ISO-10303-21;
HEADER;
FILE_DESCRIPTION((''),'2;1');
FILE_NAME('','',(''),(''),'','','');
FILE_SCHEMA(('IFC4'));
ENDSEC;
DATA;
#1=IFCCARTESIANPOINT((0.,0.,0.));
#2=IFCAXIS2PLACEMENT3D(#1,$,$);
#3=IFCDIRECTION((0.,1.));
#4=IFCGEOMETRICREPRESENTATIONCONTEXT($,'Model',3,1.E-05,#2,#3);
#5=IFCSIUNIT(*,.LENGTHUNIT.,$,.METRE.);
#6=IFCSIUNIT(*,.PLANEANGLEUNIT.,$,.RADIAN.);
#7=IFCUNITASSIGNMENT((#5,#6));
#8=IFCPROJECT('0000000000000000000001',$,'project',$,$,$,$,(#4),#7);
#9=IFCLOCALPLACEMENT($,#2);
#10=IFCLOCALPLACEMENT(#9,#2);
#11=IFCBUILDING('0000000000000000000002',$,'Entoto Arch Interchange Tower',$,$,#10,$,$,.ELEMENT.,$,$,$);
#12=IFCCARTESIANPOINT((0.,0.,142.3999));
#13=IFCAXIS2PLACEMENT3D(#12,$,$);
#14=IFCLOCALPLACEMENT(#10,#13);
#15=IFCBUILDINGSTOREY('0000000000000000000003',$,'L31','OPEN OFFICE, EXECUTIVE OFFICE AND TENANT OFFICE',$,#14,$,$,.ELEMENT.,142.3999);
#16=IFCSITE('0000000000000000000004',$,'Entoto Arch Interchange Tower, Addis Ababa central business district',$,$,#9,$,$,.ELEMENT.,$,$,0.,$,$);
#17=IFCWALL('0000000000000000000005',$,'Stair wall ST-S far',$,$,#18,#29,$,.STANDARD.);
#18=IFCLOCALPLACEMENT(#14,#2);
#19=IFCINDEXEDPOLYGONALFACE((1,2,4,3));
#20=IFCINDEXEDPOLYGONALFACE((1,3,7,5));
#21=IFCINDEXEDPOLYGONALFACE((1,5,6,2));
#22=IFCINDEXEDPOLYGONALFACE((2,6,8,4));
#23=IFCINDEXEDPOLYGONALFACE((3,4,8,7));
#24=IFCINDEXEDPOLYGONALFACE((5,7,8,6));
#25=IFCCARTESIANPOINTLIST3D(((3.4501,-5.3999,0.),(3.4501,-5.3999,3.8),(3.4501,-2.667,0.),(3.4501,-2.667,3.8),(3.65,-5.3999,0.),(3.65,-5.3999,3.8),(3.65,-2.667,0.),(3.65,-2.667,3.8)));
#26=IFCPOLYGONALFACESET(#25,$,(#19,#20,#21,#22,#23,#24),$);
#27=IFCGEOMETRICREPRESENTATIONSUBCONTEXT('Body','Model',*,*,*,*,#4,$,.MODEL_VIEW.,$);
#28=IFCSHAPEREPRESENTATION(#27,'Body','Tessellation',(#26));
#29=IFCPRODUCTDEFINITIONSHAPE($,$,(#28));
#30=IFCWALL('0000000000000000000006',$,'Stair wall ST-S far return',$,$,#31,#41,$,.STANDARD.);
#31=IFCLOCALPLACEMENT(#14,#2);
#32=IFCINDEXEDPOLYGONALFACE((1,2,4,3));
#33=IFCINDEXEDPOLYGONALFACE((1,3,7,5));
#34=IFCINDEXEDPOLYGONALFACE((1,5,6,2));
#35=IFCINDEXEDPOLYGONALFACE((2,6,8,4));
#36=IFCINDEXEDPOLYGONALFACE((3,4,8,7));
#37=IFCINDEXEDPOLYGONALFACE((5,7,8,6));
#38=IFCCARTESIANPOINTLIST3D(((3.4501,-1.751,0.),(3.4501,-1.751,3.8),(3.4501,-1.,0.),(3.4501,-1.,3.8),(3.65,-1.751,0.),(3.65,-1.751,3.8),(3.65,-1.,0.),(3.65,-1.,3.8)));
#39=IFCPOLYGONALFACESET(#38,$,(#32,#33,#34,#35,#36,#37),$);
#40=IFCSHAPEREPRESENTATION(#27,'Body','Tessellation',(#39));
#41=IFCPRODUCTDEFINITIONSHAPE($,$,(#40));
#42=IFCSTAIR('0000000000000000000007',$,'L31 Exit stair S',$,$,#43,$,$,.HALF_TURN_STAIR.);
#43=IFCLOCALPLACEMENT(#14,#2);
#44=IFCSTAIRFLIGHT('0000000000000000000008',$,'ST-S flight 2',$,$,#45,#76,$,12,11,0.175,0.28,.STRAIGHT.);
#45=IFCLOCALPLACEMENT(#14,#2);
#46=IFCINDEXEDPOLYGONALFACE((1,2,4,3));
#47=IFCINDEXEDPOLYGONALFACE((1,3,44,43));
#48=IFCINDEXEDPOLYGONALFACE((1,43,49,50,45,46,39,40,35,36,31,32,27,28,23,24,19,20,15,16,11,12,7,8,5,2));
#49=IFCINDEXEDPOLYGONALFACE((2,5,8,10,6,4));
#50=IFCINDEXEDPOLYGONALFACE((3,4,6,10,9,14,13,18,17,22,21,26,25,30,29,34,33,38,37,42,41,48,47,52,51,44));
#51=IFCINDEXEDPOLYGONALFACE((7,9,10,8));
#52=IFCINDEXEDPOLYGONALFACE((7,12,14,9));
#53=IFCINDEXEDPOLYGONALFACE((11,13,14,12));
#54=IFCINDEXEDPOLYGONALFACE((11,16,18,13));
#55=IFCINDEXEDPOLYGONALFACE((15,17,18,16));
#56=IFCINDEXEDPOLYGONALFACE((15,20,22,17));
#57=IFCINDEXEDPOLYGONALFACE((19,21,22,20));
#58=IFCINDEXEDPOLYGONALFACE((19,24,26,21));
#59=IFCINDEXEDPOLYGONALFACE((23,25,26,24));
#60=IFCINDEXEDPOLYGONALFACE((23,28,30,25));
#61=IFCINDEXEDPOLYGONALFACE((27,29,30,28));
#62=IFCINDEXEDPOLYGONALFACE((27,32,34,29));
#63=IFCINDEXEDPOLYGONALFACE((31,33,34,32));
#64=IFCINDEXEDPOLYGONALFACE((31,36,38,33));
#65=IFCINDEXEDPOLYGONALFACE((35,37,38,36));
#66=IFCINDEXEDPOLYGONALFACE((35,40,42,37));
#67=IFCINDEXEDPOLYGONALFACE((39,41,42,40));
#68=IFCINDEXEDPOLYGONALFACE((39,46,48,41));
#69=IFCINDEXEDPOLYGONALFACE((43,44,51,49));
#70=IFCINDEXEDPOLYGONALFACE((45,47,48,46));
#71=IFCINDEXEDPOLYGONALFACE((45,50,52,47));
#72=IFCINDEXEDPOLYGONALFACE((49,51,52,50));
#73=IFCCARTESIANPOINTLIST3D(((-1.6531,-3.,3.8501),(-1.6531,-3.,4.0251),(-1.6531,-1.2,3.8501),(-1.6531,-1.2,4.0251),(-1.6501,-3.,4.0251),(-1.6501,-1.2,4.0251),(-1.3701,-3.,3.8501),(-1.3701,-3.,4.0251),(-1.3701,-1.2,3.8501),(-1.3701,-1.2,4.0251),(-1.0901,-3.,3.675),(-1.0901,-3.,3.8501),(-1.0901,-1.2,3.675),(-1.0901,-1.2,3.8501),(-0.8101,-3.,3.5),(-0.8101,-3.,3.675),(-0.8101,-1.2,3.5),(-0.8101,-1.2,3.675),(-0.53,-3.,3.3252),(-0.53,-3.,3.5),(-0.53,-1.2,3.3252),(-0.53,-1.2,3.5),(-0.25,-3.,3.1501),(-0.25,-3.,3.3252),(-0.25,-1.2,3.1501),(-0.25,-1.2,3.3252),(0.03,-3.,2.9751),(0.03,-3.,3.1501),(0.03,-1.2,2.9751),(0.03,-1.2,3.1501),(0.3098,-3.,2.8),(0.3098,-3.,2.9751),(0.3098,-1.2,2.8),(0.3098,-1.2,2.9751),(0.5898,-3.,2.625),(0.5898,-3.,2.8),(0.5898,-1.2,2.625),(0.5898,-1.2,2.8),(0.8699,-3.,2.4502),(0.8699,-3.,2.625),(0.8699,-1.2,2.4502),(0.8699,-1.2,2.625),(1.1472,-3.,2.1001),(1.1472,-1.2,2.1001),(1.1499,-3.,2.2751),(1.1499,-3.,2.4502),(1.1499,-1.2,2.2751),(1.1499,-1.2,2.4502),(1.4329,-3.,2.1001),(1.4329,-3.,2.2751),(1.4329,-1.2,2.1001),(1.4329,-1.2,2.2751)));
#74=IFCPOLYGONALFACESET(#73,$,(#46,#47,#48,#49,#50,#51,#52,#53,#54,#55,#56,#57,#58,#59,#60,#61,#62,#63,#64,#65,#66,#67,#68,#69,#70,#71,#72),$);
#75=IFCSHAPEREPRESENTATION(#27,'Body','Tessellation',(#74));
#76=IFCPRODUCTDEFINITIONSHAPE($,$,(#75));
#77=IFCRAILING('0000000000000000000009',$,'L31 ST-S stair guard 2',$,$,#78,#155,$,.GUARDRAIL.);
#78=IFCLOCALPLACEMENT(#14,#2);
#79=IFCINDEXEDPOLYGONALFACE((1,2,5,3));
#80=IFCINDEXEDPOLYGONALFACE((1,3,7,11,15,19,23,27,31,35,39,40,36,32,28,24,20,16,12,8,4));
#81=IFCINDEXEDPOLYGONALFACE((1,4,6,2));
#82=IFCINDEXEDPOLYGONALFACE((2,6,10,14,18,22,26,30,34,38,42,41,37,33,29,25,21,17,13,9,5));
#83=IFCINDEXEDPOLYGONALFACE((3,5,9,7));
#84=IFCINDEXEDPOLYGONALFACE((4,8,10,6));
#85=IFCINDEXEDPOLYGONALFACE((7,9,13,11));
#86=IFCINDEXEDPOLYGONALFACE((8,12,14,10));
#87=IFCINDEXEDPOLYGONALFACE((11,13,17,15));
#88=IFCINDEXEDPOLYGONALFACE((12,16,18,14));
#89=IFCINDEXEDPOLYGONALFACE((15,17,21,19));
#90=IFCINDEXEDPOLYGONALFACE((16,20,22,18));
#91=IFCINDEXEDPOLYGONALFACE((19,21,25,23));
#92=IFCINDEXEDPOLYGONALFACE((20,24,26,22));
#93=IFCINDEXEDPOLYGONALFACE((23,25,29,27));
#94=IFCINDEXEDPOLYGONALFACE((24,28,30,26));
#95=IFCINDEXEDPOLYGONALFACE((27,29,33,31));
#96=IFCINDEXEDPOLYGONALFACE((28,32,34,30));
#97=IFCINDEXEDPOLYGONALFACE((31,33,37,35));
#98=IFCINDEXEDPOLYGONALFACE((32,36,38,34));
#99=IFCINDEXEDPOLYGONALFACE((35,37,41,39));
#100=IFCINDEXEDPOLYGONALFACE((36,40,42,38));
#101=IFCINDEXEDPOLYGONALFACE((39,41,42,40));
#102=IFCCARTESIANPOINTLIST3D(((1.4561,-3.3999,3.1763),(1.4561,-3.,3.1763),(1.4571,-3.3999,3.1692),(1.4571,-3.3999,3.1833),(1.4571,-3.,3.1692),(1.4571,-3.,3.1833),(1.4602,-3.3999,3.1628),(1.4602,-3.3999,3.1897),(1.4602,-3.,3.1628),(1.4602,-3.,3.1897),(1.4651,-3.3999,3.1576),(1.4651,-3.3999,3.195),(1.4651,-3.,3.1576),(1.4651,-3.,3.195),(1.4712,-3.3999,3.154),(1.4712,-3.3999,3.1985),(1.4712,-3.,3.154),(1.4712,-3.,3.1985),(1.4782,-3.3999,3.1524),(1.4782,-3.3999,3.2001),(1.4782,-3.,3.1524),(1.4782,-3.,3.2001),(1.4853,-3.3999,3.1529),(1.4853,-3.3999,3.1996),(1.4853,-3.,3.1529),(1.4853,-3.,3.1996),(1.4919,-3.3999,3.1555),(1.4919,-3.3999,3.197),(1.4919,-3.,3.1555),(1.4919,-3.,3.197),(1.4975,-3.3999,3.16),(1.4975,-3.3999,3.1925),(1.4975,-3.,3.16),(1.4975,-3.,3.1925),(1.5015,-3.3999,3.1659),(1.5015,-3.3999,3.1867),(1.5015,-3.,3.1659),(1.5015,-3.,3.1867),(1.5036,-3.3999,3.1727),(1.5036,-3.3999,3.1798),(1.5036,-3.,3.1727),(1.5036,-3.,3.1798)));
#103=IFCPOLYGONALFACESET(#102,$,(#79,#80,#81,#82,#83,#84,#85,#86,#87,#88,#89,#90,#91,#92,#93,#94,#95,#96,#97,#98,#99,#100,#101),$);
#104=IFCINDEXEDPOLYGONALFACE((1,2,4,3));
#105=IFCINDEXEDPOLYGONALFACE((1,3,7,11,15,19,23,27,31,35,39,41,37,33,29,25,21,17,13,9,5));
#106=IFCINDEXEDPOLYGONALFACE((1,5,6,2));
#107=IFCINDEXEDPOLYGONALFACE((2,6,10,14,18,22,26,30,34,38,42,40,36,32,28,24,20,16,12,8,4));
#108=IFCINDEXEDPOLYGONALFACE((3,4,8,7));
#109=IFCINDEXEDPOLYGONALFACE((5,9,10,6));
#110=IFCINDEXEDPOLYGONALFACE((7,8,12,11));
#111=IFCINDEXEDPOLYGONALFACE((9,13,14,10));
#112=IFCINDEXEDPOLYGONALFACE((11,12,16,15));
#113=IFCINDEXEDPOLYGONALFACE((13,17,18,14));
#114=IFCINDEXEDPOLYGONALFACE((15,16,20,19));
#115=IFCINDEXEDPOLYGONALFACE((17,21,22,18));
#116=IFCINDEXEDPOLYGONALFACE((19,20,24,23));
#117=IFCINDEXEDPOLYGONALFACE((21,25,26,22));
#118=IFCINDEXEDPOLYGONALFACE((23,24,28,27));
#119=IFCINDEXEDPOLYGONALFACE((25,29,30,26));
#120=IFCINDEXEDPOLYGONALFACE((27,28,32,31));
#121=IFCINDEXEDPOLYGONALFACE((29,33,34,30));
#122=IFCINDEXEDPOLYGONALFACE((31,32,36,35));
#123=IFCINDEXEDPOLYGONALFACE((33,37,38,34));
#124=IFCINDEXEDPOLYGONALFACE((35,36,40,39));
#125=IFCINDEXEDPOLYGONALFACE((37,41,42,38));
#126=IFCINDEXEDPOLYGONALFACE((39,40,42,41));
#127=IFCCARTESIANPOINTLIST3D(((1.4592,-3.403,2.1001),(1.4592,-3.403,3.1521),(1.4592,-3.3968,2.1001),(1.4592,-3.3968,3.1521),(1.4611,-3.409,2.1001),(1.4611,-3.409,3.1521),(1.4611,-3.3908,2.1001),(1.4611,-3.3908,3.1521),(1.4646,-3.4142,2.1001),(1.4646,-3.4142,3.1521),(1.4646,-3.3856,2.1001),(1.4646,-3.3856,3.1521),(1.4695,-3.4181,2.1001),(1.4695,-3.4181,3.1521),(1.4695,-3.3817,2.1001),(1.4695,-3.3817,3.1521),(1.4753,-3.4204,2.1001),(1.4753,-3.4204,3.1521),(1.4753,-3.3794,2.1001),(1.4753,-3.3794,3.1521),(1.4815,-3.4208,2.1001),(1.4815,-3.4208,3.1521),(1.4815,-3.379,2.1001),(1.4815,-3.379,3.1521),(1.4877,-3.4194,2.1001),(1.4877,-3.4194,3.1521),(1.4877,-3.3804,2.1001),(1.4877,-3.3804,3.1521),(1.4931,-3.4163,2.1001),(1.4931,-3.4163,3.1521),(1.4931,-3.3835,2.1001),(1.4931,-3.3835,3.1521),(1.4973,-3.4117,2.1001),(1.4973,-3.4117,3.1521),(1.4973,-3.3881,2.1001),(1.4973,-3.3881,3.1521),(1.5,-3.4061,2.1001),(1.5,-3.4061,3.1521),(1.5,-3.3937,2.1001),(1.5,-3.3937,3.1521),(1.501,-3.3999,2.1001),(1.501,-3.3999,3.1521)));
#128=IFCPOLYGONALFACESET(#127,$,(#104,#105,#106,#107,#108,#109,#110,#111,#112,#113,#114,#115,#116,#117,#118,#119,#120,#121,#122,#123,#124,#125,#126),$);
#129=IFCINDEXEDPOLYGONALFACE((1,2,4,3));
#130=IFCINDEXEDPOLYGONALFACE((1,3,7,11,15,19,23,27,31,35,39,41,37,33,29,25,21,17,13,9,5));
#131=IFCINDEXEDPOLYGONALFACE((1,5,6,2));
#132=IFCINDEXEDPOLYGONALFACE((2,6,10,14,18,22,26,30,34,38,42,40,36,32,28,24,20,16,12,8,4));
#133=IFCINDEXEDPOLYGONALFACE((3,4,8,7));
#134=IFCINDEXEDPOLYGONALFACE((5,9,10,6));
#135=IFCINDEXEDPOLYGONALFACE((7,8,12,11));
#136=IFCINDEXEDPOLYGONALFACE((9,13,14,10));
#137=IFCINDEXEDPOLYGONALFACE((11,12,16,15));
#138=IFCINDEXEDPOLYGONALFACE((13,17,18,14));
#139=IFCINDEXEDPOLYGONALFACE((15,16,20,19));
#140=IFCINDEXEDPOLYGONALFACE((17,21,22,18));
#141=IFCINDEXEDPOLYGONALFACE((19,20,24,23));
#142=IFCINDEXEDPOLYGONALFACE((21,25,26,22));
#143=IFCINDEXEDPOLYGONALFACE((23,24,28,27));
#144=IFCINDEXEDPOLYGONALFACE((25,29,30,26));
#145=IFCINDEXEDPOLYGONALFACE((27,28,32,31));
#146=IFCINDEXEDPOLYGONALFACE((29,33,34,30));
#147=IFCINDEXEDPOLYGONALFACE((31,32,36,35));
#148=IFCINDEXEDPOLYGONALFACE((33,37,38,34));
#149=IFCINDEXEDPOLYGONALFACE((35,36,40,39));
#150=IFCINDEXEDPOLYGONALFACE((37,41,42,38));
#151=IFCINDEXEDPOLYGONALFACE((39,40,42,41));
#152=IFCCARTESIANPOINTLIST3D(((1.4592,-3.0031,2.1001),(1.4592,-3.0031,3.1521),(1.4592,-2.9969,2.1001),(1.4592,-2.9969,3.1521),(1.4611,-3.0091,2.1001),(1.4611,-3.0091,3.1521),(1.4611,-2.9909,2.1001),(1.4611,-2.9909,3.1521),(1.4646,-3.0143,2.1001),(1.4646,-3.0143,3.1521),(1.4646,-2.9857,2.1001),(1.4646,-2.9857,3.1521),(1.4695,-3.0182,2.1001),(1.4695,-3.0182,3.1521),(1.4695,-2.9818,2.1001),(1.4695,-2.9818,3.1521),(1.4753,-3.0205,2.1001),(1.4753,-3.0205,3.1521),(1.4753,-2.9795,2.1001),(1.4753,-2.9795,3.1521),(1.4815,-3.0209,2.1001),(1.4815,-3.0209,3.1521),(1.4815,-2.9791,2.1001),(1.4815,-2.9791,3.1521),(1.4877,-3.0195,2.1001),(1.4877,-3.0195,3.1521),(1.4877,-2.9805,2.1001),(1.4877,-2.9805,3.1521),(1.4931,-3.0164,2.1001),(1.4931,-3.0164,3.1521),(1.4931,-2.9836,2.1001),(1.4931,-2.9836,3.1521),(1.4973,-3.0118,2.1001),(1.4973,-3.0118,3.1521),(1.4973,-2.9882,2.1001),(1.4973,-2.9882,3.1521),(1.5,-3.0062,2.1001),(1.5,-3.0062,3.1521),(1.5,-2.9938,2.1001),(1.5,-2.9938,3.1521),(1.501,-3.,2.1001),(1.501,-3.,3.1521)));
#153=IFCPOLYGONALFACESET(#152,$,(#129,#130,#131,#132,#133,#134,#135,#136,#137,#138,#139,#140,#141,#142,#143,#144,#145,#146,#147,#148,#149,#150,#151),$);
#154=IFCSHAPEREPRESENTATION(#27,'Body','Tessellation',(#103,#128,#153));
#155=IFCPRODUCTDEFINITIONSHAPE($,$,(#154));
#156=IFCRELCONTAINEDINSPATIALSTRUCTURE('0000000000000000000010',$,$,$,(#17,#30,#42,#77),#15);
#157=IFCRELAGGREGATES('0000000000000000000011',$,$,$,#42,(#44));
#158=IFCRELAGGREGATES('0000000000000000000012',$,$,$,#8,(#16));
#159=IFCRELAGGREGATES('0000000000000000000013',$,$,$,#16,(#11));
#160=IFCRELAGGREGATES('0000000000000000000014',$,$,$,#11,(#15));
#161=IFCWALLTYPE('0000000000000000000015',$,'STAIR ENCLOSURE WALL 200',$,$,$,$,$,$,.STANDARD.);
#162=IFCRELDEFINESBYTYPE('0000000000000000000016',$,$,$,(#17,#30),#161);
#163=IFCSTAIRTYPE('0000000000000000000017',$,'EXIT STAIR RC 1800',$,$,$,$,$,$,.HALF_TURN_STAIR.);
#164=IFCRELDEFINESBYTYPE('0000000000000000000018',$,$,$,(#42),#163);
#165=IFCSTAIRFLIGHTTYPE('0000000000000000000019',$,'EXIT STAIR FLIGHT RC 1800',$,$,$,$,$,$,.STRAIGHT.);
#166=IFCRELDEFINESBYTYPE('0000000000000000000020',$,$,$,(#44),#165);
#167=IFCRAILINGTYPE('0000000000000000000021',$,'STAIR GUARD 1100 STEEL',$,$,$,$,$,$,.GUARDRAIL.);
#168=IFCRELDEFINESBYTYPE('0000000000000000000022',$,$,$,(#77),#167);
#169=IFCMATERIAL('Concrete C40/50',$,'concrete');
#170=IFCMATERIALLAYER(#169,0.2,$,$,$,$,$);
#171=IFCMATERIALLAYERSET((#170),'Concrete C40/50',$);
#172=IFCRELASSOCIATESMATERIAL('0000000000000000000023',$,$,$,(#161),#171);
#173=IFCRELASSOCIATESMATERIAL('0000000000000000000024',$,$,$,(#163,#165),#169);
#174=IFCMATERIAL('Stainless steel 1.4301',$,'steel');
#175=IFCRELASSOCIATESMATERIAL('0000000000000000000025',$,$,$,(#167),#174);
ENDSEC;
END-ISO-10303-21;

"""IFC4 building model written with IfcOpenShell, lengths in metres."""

from ifc_helpers import new_model, si_unit, direction, frame, frame_2d, origin, origin_2d, place, context, subcontext, project, spatial, polyline, rectangle, circle, outline, extrude, material, layer, layer_set, type_object, element, aggregate, save


model = new_model("IFC4")

# Units and contexts
model_context = context("Model", 3, precision=1e-05, world=origin(), true_north=direction((0.0, 1.0)))
body_context = subcontext(model_context, "Body", "Model", "MODEL_VIEW")
ifc_project = project(units=[si_unit("LENGTHUNIT", "METRE"), si_unit("PLANEANGLEUNIT", "RADIAN")], contexts=[model_context])

# Site, building, storey
site_placement = place(None, origin())
site = spatial("IfcSite", under=ifc_project, at=site_placement, Name="Entoto Arch Interchange Tower, Addis Ababa central business district", CompositionType="ELEMENT", RefElevation=0.0)
building_placement = place(site_placement, origin())
building = spatial("IfcBuilding", under=site, at=building_placement, Name="Entoto Arch Interchange Tower", CompositionType="ELEMENT")
storey_placement = place(building_placement, frame((0.0, 0.0, 142.3999)))
storey = spatial("IfcBuildingStorey", under=building, at=storey_placement, Name="L31", Description="OPEN OFFICE, EXECUTIVE OFFICE AND TENANT OFFICE", CompositionType="ELEMENT", Elevation=142.3999)

# Shared definitions
ifc_material_1 = material(Name="Concrete C40/50", Category="concrete")

# Walls
ifc_layer_1 = layer(ifc_material_1, 0.2)
ifc_layer_set_1 = layer_set([ifc_layer_1], Name="Concrete C40/50")
wall_type_1 = type_object("IfcWallType", Name="STAIR ENCLOSURE WALL 200", PredefinedType="STANDARD", material=ifc_layer_set_1)
wall_1_placement = place(storey_placement, frame((3.55, -2.667, 0.0), z_axis=(0.0, 0.0, 1.0), x_axis=(0.0, -1.0, 0.0)))
element("IfcWall", 1, at=wall_1_placement, inside=storey, type_object=wall_type_1, Name="Stair wall ST-S far", PredefinedType="STANDARD", context=body_context, shape_type="SweptSolid", body=[
    extrude(rectangle(XDim=2.7329, YDim=0.2, at=frame_2d((1.3665, 0.0))), origin(), (0.0, 0.0, 1.0), 3.8),
])
wall_2_placement = place(storey_placement, frame((3.55, -1.0, 0.0), z_axis=(0.0, 0.0, 1.0), x_axis=(0.0, -1.0, 0.0)))
element("IfcWall", 2, at=wall_2_placement, inside=storey, type_object=wall_type_1, Name="Stair wall ST-S far return", PredefinedType="STANDARD", context=body_context, shape_type="SweptSolid", body=[
    extrude(rectangle(XDim=0.751, YDim=0.2, at=frame_2d((0.3755, 0.0))), origin(), (0.0, 0.0, 1.0), 3.8),
])

# Stair, stair flight
stair_type = type_object("IfcStairType", Name="EXIT STAIR RC 1800", PredefinedType="HALF_TURN_STAIR", material=ifc_material_1)
stair_placement = place(storey_placement, origin())
stair = element("IfcStair", 3, at=stair_placement, inside=storey, type_object=stair_type, Name="L31 Exit stair S", PredefinedType="HALF_TURN_STAIR")
stair_flight_type = type_object("IfcStairFlightType", Name="EXIT STAIR FLIGHT RC 1800", PredefinedType="STRAIGHT", material=ifc_material_1)
stair_flight_placement = place(storey_placement, frame((1.4299, -2.1001, 2.1001), z_axis=(0.0, 0.0, 1.0), x_axis=(-1.0, 0.0, 0.0)))
stair_flight = element("IfcStairFlight", 4, at=stair_flight_placement, type_object=stair_flight_type, Name="ST-S flight 2", NumberOfRisers=12, NumberOfTreads=11, PredefinedType="STRAIGHT", RiserHeight=0.175, TreadLength=0.28, context=body_context, shape_type="SweptSolid", body=[
    extrude(outline(polyline([(-0.0029, 0.0), (-0.0029, 0.175), (0.28, 0.175), (0.28, 0.3501), (0.5601, 0.3501), (0.5601, 0.5249), (0.8401, 0.5249), (0.8401, 0.7), (1.1201, 0.7), (1.1201, 0.875), (1.3999, 0.875), (1.3999, 1.05), (1.6799, 1.05), (1.6799, 1.2251), (1.96, 1.2251), (1.96, 1.3999), (2.24, 1.3999), (2.24, 1.575), (2.52, 1.575), (2.52, 1.75), (2.8, 1.75), (2.8, 1.925), (3.0801, 1.925), (3.083, 1.925), (3.083, 1.75), (0.2827, 0.0), (-0.0029, 0.0)])), frame((0.0, 0.8999, 0.0), z_axis=(0.0, -1.0, 0.0), x_axis=(1.0, 0.0, 0.0)), (0.0, 0.0, 1.0), 1.8),
])
aggregate(stair, [stair_flight])

# Railing
ifc_material_2 = material(Name="Stainless steel 1.4301", Category="steel")
railing_type_1 = type_object("IfcRailingType", Name="STAIR GUARD 1100 STEEL", PredefinedType="GUARDRAIL", material=ifc_material_2)
railing_1_placement = place(storey_placement, frame((1.48, -3.3999, 2.1001)))
element("IfcRailing", 5, at=railing_1_placement, inside=storey, type_object=railing_type_1, Name="L31 ST-S stair guard 2", PredefinedType="GUARDRAIL", context=body_context, shape_type="SweptSolid", body=[
    extrude(circle(Radius=0.0239, at=origin_2d()), frame((0.0, 0.0, 1.0762), z_axis=(0.0, 1.0, 0.0), x_axis=(-1.0, 0.0, 0.0)), (0.0, 0.0, 1.0), 0.3999),
    extrude(circle(Radius=0.021, at=origin_2d()), origin(), (0.0, 0.0, 1.0), 1.052),
    extrude(circle(Radius=0.021, at=origin_2d()), frame((0.0, 0.3999, 0.0)), (0.0, 0.0, 1.0), 1.052),
])

save(model, "model.ifc")
